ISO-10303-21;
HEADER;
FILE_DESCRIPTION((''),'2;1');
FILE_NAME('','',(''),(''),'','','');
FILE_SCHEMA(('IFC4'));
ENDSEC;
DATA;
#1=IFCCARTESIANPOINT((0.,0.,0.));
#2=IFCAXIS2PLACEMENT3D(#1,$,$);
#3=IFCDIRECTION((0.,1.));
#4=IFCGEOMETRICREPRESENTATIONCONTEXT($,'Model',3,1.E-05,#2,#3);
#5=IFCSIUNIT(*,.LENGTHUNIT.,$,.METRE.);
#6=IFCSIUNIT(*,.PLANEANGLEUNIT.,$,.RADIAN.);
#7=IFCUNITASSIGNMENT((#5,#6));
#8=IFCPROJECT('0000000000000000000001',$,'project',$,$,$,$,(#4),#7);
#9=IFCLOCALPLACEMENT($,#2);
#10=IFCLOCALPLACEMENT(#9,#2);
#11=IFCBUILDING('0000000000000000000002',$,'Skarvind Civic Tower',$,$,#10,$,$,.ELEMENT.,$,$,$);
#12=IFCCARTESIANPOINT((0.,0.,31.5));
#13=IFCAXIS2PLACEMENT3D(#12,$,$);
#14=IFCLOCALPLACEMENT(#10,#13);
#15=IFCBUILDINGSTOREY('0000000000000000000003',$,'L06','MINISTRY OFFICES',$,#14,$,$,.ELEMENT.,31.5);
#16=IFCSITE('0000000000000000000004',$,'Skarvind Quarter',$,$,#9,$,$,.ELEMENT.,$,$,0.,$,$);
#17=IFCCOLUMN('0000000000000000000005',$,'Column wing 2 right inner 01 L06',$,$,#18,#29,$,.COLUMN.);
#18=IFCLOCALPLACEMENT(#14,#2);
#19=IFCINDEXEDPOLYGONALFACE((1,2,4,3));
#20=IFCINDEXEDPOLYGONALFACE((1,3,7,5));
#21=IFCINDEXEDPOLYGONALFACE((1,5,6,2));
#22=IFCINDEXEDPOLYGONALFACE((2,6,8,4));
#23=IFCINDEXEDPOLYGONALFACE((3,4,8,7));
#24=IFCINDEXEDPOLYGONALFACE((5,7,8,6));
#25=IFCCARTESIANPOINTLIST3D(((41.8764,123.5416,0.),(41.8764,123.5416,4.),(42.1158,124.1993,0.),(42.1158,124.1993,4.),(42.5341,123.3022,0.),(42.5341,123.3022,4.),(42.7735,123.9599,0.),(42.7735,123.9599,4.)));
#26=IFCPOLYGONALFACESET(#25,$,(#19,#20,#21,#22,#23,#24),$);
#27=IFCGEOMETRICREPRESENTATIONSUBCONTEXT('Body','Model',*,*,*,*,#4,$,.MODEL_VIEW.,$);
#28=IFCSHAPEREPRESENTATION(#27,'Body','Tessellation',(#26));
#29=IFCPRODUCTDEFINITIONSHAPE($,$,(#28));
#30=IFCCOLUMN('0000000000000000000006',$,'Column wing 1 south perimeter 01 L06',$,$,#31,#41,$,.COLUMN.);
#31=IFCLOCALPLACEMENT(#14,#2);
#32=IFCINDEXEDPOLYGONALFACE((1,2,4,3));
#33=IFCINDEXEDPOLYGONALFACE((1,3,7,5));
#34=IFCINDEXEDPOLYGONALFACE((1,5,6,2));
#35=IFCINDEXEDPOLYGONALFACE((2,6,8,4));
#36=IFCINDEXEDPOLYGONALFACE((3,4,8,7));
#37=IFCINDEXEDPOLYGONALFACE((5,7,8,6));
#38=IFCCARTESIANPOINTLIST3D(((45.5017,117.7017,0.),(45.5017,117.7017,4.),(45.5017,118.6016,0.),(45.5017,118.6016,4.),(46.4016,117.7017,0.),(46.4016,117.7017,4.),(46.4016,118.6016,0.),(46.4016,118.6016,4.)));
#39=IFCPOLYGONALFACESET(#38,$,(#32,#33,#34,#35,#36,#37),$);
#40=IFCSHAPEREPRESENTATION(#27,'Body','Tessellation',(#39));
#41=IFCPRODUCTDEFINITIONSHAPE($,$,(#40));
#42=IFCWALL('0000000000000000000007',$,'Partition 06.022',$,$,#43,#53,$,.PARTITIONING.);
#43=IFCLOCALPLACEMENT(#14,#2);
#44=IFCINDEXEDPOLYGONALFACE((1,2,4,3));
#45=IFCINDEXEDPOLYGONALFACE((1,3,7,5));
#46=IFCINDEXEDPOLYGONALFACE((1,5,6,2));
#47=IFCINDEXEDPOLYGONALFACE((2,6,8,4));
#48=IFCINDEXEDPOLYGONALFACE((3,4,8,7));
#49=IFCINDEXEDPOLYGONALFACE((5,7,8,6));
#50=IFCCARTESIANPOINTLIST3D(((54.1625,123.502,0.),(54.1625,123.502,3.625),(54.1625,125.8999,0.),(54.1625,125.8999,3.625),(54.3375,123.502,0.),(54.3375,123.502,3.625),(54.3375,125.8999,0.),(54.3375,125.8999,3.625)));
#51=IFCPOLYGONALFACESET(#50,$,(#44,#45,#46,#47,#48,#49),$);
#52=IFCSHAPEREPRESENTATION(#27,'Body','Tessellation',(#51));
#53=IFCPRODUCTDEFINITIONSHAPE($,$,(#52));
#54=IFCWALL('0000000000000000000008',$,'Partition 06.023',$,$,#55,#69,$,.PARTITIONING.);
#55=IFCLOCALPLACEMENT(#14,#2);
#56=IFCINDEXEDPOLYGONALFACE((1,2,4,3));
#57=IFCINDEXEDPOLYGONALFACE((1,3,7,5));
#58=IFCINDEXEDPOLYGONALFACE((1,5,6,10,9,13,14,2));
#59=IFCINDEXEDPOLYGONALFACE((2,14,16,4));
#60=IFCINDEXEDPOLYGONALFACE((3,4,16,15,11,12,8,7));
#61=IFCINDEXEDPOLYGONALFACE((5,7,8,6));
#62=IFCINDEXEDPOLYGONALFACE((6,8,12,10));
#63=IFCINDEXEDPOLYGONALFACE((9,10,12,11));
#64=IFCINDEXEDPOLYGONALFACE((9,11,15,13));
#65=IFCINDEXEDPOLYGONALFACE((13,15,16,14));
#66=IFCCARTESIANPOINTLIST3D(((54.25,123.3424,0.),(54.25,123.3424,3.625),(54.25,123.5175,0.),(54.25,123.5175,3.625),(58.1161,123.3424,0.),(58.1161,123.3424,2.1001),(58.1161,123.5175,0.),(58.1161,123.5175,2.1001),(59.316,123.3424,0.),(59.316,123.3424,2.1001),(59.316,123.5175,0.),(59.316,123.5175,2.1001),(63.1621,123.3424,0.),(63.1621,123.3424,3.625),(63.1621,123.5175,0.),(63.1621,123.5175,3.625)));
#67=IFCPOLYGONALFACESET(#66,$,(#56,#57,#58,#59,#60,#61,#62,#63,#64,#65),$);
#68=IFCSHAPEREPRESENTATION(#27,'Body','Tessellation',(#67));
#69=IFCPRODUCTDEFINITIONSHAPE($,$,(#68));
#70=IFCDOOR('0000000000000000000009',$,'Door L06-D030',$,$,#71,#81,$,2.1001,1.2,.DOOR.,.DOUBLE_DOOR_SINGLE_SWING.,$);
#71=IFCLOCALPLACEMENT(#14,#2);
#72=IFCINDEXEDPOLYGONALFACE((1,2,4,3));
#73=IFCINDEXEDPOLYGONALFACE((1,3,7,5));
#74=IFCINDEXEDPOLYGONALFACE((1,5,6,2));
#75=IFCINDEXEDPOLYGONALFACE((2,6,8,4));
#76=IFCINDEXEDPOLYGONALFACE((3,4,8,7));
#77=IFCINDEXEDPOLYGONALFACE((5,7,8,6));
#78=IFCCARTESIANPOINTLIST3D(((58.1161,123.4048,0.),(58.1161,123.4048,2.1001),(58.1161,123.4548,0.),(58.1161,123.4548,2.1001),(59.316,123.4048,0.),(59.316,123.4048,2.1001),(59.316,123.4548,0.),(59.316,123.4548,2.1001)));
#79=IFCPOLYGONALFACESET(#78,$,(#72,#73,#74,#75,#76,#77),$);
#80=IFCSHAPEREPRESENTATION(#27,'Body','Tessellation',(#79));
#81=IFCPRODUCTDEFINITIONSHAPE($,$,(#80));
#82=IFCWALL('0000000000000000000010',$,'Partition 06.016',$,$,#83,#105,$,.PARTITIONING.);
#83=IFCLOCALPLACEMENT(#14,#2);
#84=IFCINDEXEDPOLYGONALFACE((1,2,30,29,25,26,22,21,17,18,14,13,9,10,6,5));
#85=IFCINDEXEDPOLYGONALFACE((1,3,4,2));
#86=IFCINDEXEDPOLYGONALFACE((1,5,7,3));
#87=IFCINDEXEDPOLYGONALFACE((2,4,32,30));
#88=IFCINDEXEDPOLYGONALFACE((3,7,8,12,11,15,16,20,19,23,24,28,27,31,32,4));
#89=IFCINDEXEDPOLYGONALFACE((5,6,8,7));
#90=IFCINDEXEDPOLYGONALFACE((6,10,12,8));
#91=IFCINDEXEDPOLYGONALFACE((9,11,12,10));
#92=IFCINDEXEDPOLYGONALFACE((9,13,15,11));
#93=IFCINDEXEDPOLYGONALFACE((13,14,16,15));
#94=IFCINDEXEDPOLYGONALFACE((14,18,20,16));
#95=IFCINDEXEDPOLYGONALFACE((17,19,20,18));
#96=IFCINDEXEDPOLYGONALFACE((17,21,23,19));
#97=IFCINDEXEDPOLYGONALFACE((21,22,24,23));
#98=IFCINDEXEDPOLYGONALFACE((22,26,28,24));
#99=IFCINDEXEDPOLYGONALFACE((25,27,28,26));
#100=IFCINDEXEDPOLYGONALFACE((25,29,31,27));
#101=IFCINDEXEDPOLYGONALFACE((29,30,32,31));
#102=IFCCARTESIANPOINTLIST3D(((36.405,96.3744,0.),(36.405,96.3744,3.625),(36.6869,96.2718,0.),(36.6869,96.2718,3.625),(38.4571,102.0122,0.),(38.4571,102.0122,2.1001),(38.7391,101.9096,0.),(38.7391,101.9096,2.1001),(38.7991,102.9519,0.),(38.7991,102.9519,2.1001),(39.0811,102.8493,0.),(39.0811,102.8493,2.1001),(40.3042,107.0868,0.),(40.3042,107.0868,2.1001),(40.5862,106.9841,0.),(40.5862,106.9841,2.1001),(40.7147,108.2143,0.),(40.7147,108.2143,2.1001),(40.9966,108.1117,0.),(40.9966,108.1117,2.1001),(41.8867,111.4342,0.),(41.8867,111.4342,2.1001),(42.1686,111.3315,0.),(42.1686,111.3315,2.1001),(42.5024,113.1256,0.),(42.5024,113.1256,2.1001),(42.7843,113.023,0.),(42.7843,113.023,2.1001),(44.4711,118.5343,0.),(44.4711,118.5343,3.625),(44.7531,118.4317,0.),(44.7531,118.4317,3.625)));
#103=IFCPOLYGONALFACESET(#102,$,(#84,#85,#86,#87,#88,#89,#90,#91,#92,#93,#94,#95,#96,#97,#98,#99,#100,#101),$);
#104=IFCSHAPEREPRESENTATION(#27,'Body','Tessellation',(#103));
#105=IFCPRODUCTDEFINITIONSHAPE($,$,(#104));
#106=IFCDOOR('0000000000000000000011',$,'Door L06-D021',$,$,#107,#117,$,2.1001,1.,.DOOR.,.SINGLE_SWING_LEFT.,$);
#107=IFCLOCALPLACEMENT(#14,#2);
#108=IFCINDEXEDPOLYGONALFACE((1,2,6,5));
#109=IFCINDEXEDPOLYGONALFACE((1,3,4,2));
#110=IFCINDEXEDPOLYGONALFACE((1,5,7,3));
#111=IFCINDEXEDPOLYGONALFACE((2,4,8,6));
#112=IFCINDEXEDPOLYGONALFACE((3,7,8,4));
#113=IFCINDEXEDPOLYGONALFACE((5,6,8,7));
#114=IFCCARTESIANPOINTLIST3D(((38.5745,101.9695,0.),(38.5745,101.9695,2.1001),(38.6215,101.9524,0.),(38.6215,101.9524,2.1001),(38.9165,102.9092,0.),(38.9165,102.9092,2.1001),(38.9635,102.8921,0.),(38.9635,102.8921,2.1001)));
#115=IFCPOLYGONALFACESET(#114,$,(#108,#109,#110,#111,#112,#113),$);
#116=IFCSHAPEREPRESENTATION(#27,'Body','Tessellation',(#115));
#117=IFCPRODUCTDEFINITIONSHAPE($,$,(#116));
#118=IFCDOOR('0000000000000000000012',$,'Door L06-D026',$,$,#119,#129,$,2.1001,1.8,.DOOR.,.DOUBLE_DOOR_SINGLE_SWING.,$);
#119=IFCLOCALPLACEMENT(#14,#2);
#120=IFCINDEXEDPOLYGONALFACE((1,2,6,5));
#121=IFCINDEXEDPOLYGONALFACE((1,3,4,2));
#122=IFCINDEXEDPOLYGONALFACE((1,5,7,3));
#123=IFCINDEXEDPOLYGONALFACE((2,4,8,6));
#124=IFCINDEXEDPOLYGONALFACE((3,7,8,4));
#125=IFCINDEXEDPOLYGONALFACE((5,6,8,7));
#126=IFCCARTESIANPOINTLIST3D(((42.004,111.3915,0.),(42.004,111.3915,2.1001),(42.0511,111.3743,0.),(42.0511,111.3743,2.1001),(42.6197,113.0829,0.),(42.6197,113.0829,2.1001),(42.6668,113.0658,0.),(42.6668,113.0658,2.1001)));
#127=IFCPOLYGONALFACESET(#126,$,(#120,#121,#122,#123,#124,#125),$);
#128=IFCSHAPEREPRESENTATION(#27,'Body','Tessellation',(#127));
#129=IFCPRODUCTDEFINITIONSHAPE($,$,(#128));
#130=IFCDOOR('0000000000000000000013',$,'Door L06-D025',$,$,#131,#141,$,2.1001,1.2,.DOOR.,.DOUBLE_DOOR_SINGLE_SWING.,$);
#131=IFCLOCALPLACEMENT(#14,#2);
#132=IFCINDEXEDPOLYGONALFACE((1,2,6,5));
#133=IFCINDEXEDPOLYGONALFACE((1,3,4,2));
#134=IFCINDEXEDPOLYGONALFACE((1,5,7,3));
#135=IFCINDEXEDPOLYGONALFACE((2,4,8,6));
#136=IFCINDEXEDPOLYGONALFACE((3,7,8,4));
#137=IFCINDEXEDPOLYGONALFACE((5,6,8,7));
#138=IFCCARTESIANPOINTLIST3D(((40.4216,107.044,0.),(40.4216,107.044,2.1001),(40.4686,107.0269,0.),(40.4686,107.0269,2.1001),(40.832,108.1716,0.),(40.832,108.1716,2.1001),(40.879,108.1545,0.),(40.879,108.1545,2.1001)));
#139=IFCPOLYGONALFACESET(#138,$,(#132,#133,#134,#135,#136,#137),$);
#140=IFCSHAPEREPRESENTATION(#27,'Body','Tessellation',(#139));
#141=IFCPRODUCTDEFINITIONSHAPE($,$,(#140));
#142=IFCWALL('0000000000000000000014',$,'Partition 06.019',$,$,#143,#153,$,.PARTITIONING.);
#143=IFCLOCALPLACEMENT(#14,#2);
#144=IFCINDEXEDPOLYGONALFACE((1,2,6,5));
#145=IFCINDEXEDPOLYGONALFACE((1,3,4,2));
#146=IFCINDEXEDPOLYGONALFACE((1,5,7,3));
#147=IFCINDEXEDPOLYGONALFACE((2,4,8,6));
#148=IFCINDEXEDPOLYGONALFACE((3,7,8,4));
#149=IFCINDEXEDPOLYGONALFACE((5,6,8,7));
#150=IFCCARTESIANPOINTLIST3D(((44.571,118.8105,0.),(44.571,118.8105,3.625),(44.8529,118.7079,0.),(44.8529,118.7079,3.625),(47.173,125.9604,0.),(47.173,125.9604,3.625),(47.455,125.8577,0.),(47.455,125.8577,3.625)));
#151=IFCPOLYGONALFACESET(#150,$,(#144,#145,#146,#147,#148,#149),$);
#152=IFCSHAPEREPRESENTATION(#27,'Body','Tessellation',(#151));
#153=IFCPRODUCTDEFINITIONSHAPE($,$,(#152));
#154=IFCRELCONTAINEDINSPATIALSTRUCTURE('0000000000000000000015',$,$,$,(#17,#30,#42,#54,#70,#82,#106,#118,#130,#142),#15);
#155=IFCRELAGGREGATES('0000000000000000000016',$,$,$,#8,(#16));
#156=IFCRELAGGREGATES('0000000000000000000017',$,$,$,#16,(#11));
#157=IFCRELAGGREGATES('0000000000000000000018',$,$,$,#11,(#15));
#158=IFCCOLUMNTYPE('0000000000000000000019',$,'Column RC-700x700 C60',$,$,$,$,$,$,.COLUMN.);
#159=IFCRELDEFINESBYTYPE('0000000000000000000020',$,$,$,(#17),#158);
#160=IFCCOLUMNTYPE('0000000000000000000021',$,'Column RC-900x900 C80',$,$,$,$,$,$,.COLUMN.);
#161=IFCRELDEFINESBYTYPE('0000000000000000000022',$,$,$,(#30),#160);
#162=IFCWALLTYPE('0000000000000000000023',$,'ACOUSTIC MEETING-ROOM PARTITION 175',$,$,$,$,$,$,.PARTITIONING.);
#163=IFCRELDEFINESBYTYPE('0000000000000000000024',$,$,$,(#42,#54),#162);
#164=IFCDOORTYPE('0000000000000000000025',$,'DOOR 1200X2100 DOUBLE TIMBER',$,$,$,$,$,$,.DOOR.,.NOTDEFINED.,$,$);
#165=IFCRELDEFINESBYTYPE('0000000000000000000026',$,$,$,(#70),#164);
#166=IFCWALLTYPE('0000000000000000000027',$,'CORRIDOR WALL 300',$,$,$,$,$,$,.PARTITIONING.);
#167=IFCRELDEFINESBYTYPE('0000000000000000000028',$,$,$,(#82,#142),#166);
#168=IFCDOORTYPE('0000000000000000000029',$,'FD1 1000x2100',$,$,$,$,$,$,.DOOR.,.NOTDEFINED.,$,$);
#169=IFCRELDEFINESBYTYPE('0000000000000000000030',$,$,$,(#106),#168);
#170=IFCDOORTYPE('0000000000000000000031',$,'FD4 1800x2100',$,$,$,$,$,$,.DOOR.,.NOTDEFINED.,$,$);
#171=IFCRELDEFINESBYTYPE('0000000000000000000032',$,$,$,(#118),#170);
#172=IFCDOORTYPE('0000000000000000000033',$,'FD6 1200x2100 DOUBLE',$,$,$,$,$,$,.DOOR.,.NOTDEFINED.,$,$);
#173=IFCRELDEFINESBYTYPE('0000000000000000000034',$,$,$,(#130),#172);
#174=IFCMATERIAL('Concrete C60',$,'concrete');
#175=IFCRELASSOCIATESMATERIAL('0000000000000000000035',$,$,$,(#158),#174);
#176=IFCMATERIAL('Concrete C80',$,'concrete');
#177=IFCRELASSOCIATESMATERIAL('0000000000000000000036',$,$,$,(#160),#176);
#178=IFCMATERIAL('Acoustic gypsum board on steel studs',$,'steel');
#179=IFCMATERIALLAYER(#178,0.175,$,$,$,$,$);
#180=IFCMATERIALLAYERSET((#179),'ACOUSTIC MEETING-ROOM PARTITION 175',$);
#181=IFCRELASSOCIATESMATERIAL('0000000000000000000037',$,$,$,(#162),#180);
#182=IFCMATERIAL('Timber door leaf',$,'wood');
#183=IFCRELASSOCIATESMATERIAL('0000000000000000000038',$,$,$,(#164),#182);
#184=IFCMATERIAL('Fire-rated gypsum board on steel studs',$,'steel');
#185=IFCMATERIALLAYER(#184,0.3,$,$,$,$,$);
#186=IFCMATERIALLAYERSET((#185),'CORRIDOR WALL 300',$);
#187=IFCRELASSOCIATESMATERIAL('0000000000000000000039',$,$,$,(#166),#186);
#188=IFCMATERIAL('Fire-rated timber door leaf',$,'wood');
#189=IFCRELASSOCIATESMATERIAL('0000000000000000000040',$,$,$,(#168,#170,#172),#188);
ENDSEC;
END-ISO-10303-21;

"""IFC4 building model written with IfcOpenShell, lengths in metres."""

from ifc_helpers import new_model, si_unit, direction, frame, frame_2d, origin, origin_2d, place, context, subcontext, project, spatial, rectangle, extrude, material, layer, layer_set, material_profile, profile_set, type_object, element, fill, save


model = new_model("IFC4")

# Units and contexts
model_context = context("Model", 3, precision=1e-05, world=origin(), true_north=direction((0.0, 1.0)))
body_context = subcontext(model_context, "Body", "Model", "MODEL_VIEW")
ifc_project = project(units=[si_unit("LENGTHUNIT", "METRE"), si_unit("PLANEANGLEUNIT", "RADIAN")], contexts=[model_context])

# Site, building, storey
site_placement = place(None, origin())
site = spatial("IfcSite", under=ifc_project, at=site_placement, Name="Skarvind Quarter", CompositionType="ELEMENT", RefElevation=0.0)
building_placement = place(site_placement, origin())
building = spatial("IfcBuilding", under=site, at=building_placement, Name="Skarvind Civic Tower", CompositionType="ELEMENT")
storey_placement = place(building_placement, frame((0.0, 0.0, 31.5)))
storey = spatial("IfcBuildingStorey", under=building, at=storey_placement, Name="L06", Description="MINISTRY OFFICES", CompositionType="ELEMENT", Elevation=31.5)

# Columns
ifc_material_1 = material(Name="Concrete C60", Category="concrete")
ifc_material_profile_1 = material_profile(ifc_material_1, rectangle(XDim=0.7, YDim=0.7, at=origin_2d()), Name="RC-700x700")
ifc_profile_set_1 = profile_set([ifc_material_profile_1], Name="Concrete C60")
column_type_1 = type_object("IfcColumnType", Name="Column RC-700x700 C60", PredefinedType="COLUMN", material=ifc_profile_set_1)
column_1_placement = place(storey_placement, frame((42.325, 123.7507, 0.0), z_axis=(0.0, 0.0, 1.0), x_axis=(-0.34202, -0.939693, 0.0)))
element("IfcColumn", 1, at=column_1_placement, inside=storey, type_object=column_type_1, Name="Column wing 2 right inner 01 L06", PredefinedType="COLUMN", context=body_context, shape_type="SweptSolid", body=[
    extrude(rectangle(XDim=0.7, YDim=0.7, at=origin_2d()), origin(), (0.0, 0.0, 1.0), 4.0),
])
ifc_material_2 = material(Name="Concrete C80", Category="concrete")
ifc_material_profile_2 = material_profile(ifc_material_2, rectangle(XDim=0.8999, YDim=0.8999, at=origin_2d()), Name="RC-900x900")
ifc_profile_set_2 = profile_set([ifc_material_profile_2], Name="Concrete C80")
column_type_2 = type_object("IfcColumnType", Name="Column RC-900x900 C80", PredefinedType="COLUMN", material=ifc_profile_set_2)
column_2_placement = place(storey_placement, frame((45.9517, 118.1516, 0.0), z_axis=(0.0, 0.0, 1.0), x_axis=(1.0, 0.0, 0.0)))
element("IfcColumn", 2, at=column_2_placement, inside=storey, type_object=column_type_2, Name="Column wing 1 south perimeter 01 L06", PredefinedType="COLUMN", context=body_context, shape_type="SweptSolid", body=[
    extrude(rectangle(XDim=0.8999, YDim=0.8999, at=origin_2d()), origin(), (0.0, 0.0, 1.0), 4.0),
])

# Wall
ifc_material_3 = material(Name="Acoustic gypsum board on steel studs", Category="steel")
ifc_layer_1 = layer(ifc_material_3, 0.175)
ifc_layer_set_1 = layer_set([ifc_layer_1], Name="ACOUSTIC MEETING-ROOM PARTITION 175")
wall_type_1 = type_object("IfcWallType", Name="ACOUSTIC MEETING-ROOM PARTITION 175", PredefinedType="PARTITIONING", material=ifc_layer_set_1)
wall_1_placement = place(storey_placement, frame((54.25, 123.502, 0.0), z_axis=(0.0, 0.0, 1.0), x_axis=(0.0, 1.0, 0.0)))
element("IfcWall", 3, at=wall_1_placement, inside=storey, type_object=wall_type_1, Name="Partition 06.022", PredefinedType="PARTITIONING", context=body_context, shape_type="SweptSolid", body=[
    extrude(rectangle(XDim=2.3979, YDim=0.175, at=frame_2d((1.199, 0.0))), origin(), (0.0, 0.0, 1.0), 3.625),
])

# Wall, opening, door
wall_2_placement = place(storey_placement, frame((54.25, 123.4299, 0.0), z_axis=(0.0, 0.0, 1.0), x_axis=(1.0, 0.0, 0.0)))
wall_2 = element("IfcWall", 4, at=wall_2_placement, inside=storey, type_object=wall_type_1, Name="Partition 06.023", PredefinedType="PARTITIONING", context=body_context, shape_type="SweptSolid", body=[
    extrude(rectangle(XDim=8.9121, YDim=0.175, at=frame_2d((4.4561, 0.0))), origin(), (0.0, 0.0, 1.0), 3.625),
])
opening_1_placement = place(wall_2_placement, frame((3.866, 0.0, 0.0)))
opening_1 = element("IfcOpeningElement", 5, at=opening_1_placement, cuts=wall_2, PredefinedType="OPENING", context=body_context, shape_type="SweptSolid", body=[
    extrude(rectangle(XDim=1.2, YDim=2.1001, at=frame_2d((0.6001, 1.05))), frame((0.0, 0.0974, 0.0), z_axis=(0.0, -1.0, 0.0), x_axis=(1.0, 0.0, 0.0)), (0.0, 0.0, 1.0), 0.1951),
])
ifc_material_4 = material(Name="Timber door leaf", Category="wood")
door_type_1 = type_object("IfcDoorType", Name="DOOR 1200X2100 DOUBLE TIMBER", OperationType="NOTDEFINED", PredefinedType="DOOR", material=ifc_material_4)
door_1_placement = place(opening_1_placement, origin())
door_1 = element("IfcDoor", 6, at=door_1_placement, inside=storey, type_object=door_type_1, Name="Door L06-D030", OperationType="DOUBLE_DOOR_SINGLE_SWING", OverallHeight=2.1001, OverallWidth=1.2, PredefinedType="DOOR", context=body_context, shape_type="SweptSolid", body=[
    extrude(rectangle(XDim=1.2, YDim=2.1001, at=frame_2d((0.6001, 1.05))), frame((0.0, 0.0249, 0.0), z_axis=(0.0, -1.0, 0.0), x_axis=(1.0, 0.0, 0.0)), (0.0, 0.0, 1.0), 0.05),
])
fill(opening_1, door_1)

# Wall, openings, doors
ifc_material_5 = material(Name="Fire-rated gypsum board on steel studs", Category="steel")
ifc_layer_2 = layer(ifc_material_5, 0.3)
ifc_layer_set_2 = layer_set([ifc_layer_2], Name="CORRIDOR WALL 300")
wall_type_2 = type_object("IfcWallType", Name="CORRIDOR WALL 300", PredefinedType="PARTITIONING", material=ifc_layer_set_2)
wall_3_placement = place(storey_placement, frame((44.6121, 118.4829, 0.0), z_axis=(0.0, 0.0, 1.0), x_axis=(-0.342043, -0.939684, 0.0)))
wall_3 = element("IfcWall", 7, at=wall_3_placement, inside=storey, type_object=wall_type_2, Name="Partition 06.016", PredefinedType="PARTITIONING", context=body_context, shape_type="SweptSolid", body=[
    extrude(rectangle(XDim=23.5823, YDim=0.3, at=frame_2d((11.791, 0.0))), origin(), (0.0, 0.0, 1.0), 3.625),
])
opening_2_placement = place(wall_3_placement, frame((16.5825, 0.0, 0.0)))
opening_2 = element("IfcOpeningElement", 8, at=opening_2_placement, cuts=wall_3, PredefinedType="OPENING", context=body_context, shape_type="SweptSolid", body=[
    extrude(rectangle(XDim=1.0, YDim=2.1001, at=frame_2d((0.5, 1.05))), frame((0.0, 0.1599, 0.0), z_axis=(0.0, -1.0, 0.0), x_axis=(1.0, 0.0, 0.0)), (0.0, 0.0, 1.0), 0.3201),
])
opening_3_placement = place(wall_3_placement, frame((10.9822, 0.0, 0.0)))
opening_3 = element("IfcOpeningElement", 9, at=opening_3_placement, cuts=wall_3, PredefinedType="OPENING", context=body_context, shape_type="SweptSolid", body=[
    extrude(rectangle(XDim=1.2, YDim=2.1001, at=frame_2d((0.6001, 1.05))), frame((0.0, 0.1599, 0.0), z_axis=(0.0, -1.0, 0.0), x_axis=(1.0, 0.0, 0.0)), (0.0, 0.0, 1.0), 0.3201),
])
opening_4_placement = place(wall_3_placement, frame((5.7559, 0.0, 0.0)))
opening_4 = element("IfcOpeningElement", 10, at=opening_4_placement, cuts=wall_3, PredefinedType="OPENING", context=body_context, shape_type="SweptSolid", body=[
    extrude(rectangle(XDim=1.8, YDim=2.1001, at=frame_2d((0.8999, 1.05))), frame((0.0, 0.1599, 0.0), z_axis=(0.0, -1.0, 0.0), x_axis=(1.0, 0.0, 0.0)), (0.0, 0.0, 1.0), 0.3201),
])
ifc_material_6 = material(Name="Fire-rated timber door leaf", Category="wood")
door_type_2 = type_object("IfcDoorType", Name="FD1 1000x2100", OperationType="NOTDEFINED", PredefinedType="DOOR", material=ifc_material_6)
door_2_placement = place(opening_2_placement, origin())
door_2 = element("IfcDoor", 11, at=door_2_placement, inside=storey, type_object=door_type_2, Name="Door L06-D021", OperationType="SINGLE_SWING_LEFT", OverallHeight=2.1001, OverallWidth=1.0, PredefinedType="DOOR", context=body_context, shape_type="SweptSolid", body=[
    extrude(rectangle(XDim=1.0, YDim=2.1001, at=frame_2d((0.5, 1.05))), frame((0.0, 0.0249, 0.0), z_axis=(0.0, -1.0, 0.0), x_axis=(1.0, 0.0, 0.0)), (0.0, 0.0, 1.0), 0.05),
])
fill(opening_2, door_2)
door_type_3 = type_object("IfcDoorType", Name="FD4 1800x2100", OperationType="NOTDEFINED", PredefinedType="DOOR", material=ifc_material_6)
door_3_placement = place(opening_4_placement, origin())
door_3 = element("IfcDoor", 12, at=door_3_placement, inside=storey, type_object=door_type_3, Name="Door L06-D026", OperationType="DOUBLE_DOOR_SINGLE_SWING", OverallHeight=2.1001, OverallWidth=1.8, PredefinedType="DOOR", context=body_context, shape_type="SweptSolid", body=[
    extrude(rectangle(XDim=1.8, YDim=2.1001, at=frame_2d((0.8999, 1.05))), frame((0.0, 0.0249, 0.0), z_axis=(0.0, -1.0, 0.0), x_axis=(1.0, 0.0, 0.0)), (0.0, 0.0, 1.0), 0.05),
])
fill(opening_4, door_3)
door_type_4 = type_object("IfcDoorType", Name="FD6 1200x2100 DOUBLE", OperationType="NOTDEFINED", PredefinedType="DOOR", material=ifc_material_6)
door_4_placement = place(opening_3_placement, origin())
door_4 = element("IfcDoor", 13, at=door_4_placement, inside=storey, type_object=door_type_4, Name="Door L06-D025", OperationType="DOUBLE_DOOR_SINGLE_SWING", OverallHeight=2.1001, OverallWidth=1.2, PredefinedType="DOOR", context=body_context, shape_type="SweptSolid", body=[
    extrude(rectangle(XDim=1.2, YDim=2.1001, at=frame_2d((0.6001, 1.05))), frame((0.0, 0.0249, 0.0), z_axis=(0.0, -1.0, 0.0), x_axis=(1.0, 0.0, 0.0)), (0.0, 0.0, 1.0), 0.05),
])
fill(opening_3, door_4)

# Wall
wall_4_placement = place(storey_placement, frame((47.314, 125.9089, 0.0), z_axis=(0.0, 0.0, 1.0), x_axis=(-0.341985, -0.939705, 0.0)))
element("IfcWall", 14, at=wall_4_placement, inside=storey, type_object=wall_type_2, Name="Partition 06.019", PredefinedType="PARTITIONING", context=body_context, shape_type="SweptSolid", body=[
    extrude(rectangle(XDim=7.6086, YDim=0.3, at=frame_2d((3.8042, 0.0))), origin(), (0.0, 0.0, 1.0), 3.625),
])

save(model, "model.ifc")
